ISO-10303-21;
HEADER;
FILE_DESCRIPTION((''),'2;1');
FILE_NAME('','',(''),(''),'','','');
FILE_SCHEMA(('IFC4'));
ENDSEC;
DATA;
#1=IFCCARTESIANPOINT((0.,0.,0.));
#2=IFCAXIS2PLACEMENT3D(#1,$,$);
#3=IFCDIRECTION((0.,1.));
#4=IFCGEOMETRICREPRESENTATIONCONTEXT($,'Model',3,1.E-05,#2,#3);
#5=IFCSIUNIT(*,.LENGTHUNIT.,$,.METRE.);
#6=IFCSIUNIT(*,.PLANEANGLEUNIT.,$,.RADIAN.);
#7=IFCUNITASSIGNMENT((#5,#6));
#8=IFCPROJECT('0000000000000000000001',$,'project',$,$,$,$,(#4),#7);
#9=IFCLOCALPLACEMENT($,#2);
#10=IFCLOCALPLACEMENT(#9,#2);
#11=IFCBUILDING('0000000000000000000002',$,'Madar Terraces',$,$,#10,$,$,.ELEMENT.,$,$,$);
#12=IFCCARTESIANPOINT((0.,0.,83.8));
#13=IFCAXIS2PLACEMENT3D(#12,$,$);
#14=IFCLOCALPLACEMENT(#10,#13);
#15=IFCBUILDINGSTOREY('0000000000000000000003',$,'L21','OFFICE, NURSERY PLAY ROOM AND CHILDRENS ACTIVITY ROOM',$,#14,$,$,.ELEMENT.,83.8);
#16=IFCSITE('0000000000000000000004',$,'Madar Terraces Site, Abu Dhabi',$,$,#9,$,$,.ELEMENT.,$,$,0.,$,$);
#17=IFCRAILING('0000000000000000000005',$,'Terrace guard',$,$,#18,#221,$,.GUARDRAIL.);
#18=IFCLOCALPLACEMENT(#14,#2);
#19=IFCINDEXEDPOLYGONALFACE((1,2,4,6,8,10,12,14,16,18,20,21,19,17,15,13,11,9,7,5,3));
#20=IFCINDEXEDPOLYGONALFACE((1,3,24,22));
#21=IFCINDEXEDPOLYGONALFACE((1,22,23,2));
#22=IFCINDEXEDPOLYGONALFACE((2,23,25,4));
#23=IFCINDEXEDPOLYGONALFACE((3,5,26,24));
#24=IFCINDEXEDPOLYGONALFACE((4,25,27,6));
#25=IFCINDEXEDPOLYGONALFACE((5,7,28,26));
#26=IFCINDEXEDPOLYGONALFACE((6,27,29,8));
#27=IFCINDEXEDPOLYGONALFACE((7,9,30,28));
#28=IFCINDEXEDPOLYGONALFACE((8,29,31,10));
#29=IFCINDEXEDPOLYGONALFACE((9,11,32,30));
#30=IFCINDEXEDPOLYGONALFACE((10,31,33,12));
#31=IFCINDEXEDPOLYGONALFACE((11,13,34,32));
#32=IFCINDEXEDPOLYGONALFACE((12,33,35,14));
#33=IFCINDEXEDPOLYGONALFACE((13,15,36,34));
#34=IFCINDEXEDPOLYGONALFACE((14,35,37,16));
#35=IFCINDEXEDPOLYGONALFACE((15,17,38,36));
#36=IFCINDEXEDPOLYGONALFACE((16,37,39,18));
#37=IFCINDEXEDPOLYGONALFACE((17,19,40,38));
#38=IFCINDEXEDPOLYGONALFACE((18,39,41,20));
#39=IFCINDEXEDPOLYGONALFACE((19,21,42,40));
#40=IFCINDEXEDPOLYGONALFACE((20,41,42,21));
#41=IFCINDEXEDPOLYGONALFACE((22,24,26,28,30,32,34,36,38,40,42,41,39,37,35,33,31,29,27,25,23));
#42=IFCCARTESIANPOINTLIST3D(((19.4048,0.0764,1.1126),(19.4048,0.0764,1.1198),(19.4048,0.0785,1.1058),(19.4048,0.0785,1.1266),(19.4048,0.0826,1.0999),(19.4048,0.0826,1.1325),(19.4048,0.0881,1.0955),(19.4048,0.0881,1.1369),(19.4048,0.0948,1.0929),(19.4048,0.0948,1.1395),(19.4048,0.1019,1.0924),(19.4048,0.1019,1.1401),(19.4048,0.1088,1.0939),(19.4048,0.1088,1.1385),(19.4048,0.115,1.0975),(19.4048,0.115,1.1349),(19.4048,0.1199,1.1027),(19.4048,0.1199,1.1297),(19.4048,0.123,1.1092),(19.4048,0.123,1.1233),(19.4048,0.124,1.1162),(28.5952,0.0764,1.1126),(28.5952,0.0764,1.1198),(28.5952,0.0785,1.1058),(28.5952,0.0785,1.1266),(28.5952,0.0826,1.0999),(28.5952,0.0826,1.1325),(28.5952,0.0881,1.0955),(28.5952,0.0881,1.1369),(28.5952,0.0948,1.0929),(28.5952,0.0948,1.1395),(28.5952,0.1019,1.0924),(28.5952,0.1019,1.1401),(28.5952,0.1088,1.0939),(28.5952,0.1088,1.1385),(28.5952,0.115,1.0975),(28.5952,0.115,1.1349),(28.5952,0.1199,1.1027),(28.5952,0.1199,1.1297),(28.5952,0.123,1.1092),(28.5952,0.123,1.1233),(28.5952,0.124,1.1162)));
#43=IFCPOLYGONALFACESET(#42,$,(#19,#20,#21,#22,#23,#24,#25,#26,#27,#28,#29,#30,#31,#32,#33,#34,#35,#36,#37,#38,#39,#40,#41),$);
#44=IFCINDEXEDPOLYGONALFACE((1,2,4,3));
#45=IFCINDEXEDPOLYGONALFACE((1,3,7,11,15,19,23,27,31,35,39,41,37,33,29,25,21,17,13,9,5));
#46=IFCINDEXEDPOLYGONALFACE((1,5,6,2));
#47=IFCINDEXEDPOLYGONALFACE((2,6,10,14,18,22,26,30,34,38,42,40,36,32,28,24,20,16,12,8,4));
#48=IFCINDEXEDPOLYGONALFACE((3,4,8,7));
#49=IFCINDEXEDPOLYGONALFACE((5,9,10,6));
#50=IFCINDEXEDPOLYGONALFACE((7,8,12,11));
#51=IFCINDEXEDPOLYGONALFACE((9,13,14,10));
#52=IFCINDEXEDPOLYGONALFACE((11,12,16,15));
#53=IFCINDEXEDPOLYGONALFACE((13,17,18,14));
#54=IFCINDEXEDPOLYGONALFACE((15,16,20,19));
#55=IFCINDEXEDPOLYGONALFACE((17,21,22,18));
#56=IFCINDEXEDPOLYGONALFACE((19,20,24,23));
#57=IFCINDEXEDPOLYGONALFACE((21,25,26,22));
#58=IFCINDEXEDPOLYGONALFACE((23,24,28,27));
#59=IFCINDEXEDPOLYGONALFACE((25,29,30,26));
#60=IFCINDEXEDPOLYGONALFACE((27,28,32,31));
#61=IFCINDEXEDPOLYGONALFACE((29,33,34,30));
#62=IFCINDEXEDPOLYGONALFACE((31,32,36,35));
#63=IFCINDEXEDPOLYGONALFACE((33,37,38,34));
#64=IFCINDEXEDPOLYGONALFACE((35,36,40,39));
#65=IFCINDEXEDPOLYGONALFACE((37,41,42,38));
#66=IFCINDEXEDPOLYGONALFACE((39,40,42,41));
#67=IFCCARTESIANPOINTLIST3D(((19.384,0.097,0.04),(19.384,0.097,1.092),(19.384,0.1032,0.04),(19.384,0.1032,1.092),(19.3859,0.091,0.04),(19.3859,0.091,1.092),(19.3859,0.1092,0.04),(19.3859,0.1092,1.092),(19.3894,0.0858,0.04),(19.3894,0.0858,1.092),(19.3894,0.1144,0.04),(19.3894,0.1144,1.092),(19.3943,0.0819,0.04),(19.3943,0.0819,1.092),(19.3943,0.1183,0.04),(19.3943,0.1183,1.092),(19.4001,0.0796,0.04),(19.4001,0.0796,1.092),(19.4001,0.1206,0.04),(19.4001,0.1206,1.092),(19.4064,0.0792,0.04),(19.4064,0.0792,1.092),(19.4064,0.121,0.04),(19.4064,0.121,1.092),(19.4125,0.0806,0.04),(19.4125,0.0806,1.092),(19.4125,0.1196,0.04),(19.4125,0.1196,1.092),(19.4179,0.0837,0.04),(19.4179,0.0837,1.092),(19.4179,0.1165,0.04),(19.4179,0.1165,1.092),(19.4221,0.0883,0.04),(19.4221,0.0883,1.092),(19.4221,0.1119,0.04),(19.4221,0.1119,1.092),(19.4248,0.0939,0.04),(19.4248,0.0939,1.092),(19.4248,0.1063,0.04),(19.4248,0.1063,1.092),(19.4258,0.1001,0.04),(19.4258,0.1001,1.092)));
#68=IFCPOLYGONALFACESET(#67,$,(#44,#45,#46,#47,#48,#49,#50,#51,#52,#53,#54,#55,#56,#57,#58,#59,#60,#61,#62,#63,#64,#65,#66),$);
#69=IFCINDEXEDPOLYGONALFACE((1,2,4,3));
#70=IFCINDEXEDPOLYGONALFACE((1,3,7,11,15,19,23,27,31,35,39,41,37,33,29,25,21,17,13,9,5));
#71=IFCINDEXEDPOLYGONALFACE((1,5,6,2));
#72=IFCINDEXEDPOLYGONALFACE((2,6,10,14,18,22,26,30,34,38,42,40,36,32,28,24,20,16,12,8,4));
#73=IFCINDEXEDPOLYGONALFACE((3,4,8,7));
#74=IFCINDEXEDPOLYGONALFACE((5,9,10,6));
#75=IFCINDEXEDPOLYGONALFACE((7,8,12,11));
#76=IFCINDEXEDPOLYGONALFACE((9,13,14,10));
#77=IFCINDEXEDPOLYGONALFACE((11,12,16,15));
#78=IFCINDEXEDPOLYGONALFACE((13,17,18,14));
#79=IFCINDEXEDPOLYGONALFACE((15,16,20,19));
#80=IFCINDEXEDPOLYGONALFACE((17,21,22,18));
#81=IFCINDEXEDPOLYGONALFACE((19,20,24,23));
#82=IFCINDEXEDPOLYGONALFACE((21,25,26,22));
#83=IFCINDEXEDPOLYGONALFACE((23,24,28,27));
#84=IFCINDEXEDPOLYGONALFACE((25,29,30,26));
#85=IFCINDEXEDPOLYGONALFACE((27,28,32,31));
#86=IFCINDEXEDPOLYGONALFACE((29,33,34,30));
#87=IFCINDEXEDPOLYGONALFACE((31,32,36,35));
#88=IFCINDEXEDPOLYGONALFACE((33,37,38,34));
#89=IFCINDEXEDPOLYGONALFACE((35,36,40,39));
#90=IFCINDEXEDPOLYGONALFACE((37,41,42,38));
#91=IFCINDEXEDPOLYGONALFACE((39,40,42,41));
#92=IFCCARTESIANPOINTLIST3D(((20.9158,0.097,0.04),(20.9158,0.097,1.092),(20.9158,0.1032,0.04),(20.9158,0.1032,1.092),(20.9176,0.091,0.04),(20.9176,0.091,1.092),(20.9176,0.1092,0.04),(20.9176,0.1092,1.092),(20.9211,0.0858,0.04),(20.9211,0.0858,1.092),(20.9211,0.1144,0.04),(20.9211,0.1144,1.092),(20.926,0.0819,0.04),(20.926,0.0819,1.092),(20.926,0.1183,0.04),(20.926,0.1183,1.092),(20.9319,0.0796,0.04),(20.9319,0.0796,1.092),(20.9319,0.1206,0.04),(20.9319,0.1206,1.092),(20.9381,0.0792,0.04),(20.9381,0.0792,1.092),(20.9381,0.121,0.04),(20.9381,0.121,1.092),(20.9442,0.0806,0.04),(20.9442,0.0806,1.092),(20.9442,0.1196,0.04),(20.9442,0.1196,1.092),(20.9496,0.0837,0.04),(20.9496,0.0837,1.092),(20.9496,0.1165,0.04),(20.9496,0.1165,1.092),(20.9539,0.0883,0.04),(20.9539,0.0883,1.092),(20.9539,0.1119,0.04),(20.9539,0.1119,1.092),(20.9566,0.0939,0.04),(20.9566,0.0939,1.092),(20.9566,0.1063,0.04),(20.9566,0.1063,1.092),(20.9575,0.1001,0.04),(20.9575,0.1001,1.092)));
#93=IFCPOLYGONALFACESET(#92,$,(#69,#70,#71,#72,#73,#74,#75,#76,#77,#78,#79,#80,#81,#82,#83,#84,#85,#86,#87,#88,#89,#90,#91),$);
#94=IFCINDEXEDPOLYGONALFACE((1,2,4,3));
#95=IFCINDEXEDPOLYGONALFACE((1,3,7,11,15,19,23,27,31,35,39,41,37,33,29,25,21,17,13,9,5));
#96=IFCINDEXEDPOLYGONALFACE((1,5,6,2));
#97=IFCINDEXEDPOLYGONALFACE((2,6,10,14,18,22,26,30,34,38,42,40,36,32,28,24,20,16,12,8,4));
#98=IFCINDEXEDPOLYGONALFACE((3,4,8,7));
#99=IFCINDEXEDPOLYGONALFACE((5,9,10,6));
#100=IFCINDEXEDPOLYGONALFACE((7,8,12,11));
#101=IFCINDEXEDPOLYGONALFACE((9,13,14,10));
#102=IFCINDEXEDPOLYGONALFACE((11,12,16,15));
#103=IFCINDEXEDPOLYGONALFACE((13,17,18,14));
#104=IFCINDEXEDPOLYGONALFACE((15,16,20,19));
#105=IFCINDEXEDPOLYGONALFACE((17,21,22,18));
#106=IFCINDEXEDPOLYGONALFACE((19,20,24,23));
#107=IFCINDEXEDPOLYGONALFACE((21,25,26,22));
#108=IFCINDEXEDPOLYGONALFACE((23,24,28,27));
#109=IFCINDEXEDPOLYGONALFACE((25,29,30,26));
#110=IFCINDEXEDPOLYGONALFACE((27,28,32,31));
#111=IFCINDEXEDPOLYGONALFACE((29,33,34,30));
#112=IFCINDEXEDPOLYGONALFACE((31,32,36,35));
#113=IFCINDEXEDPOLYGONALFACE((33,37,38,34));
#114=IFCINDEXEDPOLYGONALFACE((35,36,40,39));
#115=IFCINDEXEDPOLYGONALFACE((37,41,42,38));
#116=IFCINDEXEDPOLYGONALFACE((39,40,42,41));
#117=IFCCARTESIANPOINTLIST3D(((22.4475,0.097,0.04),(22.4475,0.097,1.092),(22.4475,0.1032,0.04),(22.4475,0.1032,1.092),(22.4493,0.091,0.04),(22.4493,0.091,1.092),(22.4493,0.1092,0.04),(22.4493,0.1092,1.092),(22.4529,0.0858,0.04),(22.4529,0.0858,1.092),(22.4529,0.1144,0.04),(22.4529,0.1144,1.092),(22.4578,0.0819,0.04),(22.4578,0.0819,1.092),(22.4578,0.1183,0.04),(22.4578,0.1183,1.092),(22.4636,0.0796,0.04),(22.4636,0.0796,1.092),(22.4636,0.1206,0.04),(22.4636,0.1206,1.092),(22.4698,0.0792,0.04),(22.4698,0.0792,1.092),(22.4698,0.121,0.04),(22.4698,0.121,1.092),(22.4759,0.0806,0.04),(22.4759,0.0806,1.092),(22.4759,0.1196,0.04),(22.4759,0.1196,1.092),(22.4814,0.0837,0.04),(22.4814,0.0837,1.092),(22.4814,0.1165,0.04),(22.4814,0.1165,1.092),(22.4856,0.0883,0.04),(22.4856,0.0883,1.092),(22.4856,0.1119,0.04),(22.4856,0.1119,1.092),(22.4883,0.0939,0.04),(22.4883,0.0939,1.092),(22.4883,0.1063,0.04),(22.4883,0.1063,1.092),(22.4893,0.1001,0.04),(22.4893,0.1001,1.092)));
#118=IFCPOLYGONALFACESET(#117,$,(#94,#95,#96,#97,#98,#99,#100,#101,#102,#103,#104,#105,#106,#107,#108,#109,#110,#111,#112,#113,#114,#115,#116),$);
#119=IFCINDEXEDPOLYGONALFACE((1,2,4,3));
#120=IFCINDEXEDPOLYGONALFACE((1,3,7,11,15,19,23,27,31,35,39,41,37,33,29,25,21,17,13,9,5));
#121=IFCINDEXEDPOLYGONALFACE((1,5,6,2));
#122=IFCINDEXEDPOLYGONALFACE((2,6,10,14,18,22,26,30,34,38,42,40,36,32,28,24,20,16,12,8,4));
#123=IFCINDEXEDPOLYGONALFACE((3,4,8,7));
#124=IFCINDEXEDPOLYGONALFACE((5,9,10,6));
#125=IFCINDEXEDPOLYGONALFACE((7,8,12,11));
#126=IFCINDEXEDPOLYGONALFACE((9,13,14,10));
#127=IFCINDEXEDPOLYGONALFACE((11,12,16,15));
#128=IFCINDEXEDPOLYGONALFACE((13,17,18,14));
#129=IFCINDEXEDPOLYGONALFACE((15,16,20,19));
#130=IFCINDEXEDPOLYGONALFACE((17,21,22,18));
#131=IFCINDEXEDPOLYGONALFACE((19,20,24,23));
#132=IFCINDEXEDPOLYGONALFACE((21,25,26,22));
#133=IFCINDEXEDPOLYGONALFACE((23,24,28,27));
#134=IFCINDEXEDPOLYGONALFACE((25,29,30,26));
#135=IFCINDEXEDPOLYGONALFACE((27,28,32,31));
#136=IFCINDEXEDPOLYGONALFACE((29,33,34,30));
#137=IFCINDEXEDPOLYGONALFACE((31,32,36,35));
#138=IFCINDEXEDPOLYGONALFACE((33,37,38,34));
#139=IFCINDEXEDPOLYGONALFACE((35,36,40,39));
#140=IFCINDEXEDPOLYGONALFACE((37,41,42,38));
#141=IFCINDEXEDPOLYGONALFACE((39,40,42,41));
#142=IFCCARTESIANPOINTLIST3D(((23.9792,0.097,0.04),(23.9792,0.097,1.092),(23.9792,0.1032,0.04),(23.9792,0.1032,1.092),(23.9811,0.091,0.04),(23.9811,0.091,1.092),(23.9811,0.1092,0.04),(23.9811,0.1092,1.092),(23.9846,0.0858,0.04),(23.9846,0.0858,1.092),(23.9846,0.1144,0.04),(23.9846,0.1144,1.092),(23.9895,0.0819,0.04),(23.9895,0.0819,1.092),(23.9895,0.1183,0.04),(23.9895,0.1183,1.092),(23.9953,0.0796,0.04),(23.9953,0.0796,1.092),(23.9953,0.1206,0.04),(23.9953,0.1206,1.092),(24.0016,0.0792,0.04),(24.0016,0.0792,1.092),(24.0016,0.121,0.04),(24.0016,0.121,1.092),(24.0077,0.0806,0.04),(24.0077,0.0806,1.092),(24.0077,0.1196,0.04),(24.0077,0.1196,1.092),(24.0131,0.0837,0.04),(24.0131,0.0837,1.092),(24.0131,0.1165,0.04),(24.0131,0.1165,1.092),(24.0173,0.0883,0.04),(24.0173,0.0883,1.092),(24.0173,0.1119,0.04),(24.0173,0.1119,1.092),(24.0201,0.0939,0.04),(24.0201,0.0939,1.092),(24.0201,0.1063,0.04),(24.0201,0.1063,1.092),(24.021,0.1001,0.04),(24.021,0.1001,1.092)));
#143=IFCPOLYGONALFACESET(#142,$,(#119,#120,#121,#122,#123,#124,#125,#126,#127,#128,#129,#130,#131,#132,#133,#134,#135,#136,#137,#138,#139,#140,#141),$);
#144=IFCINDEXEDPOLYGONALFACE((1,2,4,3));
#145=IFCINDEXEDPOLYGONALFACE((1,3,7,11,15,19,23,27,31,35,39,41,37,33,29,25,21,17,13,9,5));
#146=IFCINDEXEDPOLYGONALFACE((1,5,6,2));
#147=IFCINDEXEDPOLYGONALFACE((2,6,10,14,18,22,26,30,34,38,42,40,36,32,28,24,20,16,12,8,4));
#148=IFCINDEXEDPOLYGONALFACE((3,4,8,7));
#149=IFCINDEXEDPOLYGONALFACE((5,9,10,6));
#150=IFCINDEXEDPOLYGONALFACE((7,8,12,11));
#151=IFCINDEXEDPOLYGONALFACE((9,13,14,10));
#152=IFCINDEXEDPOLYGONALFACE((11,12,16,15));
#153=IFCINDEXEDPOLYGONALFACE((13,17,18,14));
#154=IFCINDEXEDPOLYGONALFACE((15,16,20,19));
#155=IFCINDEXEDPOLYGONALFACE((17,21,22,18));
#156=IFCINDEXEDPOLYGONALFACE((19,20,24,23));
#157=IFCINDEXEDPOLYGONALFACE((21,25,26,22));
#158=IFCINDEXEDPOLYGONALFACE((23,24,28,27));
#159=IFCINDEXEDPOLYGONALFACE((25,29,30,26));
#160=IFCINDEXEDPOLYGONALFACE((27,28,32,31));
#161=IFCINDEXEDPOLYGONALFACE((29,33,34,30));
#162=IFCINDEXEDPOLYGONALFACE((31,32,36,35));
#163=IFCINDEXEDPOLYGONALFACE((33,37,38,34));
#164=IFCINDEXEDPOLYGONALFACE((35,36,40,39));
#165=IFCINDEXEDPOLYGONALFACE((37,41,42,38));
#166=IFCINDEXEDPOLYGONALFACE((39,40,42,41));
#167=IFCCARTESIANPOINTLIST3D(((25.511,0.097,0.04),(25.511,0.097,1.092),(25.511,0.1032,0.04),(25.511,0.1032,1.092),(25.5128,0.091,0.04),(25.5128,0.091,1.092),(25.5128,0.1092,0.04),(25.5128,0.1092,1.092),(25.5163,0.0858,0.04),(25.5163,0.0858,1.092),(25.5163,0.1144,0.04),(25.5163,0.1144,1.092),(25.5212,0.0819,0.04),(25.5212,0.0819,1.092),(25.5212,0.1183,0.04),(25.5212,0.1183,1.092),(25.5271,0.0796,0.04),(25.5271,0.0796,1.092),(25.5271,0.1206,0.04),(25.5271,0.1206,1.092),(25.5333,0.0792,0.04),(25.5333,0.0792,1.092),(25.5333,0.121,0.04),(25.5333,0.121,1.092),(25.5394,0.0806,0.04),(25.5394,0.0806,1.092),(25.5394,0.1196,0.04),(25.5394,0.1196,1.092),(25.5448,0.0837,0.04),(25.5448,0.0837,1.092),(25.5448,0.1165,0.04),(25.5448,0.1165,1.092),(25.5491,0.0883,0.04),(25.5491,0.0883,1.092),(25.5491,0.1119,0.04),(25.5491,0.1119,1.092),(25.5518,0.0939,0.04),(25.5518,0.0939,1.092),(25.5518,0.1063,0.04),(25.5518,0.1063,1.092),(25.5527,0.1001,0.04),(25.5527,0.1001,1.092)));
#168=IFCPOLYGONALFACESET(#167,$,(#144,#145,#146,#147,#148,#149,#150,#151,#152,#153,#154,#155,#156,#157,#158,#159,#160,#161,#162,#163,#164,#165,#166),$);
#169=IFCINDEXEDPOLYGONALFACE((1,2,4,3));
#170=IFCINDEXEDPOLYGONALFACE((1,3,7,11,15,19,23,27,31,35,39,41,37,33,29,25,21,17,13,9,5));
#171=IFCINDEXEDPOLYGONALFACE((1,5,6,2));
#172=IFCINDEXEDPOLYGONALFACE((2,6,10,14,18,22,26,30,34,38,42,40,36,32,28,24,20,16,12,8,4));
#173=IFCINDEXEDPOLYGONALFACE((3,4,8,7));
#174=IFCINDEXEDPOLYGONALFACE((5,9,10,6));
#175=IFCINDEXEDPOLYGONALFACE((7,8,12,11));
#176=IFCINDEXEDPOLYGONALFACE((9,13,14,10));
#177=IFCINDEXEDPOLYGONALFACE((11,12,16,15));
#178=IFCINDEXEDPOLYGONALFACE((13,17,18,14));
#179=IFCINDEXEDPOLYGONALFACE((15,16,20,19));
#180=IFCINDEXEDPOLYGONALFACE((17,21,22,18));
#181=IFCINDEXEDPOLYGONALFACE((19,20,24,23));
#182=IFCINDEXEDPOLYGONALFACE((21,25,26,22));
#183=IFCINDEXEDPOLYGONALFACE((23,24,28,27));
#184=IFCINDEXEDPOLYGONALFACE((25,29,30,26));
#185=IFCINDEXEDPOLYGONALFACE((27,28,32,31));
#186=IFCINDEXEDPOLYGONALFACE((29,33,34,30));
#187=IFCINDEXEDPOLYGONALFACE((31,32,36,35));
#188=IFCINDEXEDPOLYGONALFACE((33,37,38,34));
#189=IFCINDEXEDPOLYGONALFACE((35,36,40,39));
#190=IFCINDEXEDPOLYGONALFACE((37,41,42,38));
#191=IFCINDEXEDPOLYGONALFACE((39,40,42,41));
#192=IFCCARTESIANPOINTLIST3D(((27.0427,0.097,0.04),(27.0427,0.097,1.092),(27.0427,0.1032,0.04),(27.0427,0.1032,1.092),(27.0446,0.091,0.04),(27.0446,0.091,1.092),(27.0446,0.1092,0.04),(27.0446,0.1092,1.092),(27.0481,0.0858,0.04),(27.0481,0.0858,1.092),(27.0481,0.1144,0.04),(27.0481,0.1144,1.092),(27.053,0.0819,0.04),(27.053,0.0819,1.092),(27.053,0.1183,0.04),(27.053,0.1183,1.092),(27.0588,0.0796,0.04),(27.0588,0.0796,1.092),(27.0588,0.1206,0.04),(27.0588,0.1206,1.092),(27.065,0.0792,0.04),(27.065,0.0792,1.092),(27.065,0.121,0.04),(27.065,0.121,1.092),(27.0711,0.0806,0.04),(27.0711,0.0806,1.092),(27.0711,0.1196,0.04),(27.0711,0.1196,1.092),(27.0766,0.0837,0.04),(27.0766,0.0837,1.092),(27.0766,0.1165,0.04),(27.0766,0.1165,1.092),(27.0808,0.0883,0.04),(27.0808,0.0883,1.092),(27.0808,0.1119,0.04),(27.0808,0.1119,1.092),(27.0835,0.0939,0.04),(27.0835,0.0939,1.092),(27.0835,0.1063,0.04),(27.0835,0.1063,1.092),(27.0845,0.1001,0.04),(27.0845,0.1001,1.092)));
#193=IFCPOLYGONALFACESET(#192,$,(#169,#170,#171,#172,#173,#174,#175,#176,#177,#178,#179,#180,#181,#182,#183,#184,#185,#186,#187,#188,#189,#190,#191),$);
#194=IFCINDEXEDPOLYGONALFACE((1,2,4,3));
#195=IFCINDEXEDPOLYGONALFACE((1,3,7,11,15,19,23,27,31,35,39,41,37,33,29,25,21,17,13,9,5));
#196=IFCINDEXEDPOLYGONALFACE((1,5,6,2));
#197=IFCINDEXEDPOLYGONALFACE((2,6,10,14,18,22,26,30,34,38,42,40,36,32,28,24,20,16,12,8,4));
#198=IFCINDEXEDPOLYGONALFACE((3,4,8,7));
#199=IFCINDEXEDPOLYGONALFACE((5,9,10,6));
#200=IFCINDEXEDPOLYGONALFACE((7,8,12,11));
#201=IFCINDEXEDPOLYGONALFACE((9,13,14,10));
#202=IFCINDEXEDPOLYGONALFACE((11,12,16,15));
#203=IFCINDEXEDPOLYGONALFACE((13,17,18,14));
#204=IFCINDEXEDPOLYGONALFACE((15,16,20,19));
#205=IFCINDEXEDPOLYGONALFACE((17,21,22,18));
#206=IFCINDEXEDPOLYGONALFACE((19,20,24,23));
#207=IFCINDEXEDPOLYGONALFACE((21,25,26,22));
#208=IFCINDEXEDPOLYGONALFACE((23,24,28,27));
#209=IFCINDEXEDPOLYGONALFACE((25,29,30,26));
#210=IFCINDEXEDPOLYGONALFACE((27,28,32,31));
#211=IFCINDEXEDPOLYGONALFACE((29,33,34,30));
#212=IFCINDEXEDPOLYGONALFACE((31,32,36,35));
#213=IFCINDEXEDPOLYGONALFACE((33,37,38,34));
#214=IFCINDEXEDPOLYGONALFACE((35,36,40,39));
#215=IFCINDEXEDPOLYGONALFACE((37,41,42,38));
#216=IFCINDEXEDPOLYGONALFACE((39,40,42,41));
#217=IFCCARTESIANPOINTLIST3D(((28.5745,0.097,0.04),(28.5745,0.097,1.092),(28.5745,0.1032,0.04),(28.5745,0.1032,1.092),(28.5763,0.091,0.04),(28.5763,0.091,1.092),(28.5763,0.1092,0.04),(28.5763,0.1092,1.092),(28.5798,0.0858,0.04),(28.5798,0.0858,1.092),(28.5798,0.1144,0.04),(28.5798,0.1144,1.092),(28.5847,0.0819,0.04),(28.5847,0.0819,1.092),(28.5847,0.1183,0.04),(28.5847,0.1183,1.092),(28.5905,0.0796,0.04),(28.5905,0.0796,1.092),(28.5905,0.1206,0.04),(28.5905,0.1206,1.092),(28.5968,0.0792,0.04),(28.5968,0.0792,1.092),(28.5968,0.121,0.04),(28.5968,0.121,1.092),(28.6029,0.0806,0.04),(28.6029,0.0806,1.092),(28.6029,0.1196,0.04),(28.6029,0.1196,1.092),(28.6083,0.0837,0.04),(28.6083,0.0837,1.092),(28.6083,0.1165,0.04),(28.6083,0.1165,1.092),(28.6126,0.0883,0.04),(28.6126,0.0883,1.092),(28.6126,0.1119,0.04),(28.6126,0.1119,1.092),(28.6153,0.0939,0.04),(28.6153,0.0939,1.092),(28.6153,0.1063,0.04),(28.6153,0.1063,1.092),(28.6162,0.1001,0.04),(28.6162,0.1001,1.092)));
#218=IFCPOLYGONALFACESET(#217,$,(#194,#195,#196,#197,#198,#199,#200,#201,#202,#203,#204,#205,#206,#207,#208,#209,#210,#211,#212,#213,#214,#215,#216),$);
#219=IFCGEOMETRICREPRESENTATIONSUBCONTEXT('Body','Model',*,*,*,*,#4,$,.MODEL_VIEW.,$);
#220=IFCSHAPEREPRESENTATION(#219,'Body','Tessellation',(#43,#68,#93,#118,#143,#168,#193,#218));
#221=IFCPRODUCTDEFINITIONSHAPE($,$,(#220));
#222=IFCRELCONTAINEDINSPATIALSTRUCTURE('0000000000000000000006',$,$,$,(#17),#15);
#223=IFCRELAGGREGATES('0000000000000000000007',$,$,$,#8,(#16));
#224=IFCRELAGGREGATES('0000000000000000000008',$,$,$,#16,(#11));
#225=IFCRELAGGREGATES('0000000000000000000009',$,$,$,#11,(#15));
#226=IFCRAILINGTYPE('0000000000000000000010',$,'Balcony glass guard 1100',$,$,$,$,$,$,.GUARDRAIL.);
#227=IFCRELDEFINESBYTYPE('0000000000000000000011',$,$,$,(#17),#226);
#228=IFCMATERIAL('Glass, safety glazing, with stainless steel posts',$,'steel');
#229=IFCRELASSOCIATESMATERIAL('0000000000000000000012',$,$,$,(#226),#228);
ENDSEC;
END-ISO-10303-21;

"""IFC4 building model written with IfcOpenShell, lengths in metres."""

from ifc_helpers import new_model, si_unit, direction, frame, origin, origin_2d, place, context, subcontext, project, spatial, circle, extrude, material, type_object, element, save


model = new_model("IFC4")

# Units and contexts
model_context = context("Model", 3, precision=1e-05, world=origin(), true_north=direction((0.0, 1.0)))
body_context = subcontext(model_context, "Body", "Model", "MODEL_VIEW")
ifc_project = project(units=[si_unit("LENGTHUNIT", "METRE"), si_unit("PLANEANGLEUNIT", "RADIAN")], contexts=[model_context])

# Site, building, storey
site_placement = place(None, origin())
site = spatial("IfcSite", under=ifc_project, at=site_placement, Name="Madar Terraces Site, Abu Dhabi", CompositionType="ELEMENT", RefElevation=0.0)
building_placement = place(site_placement, origin())
building = spatial("IfcBuilding", under=site, at=building_placement, Name="Madar Terraces", CompositionType="ELEMENT")
storey_placement = place(building_placement, frame((0.0, 0.0, 83.8)))
storey = spatial("IfcBuildingStorey", under=building, at=storey_placement, Name="L21", Description="OFFICE, NURSERY PLAY ROOM AND CHILDRENS ACTIVITY ROOM", CompositionType="ELEMENT", Elevation=83.8)

# Railing
ifc_material_1 = material(Name="Glass, safety glazing, with stainless steel posts", Category="steel")
railing_type = type_object("IfcRailingType", Name="Balcony glass guard 1100", PredefinedType="GUARDRAIL", material=ifc_material_1)
railing_1_placement = place(storey_placement, frame((19.4048, 0.1001, 0.04)))
element("IfcRailing", 1, at=railing_1_placement, inside=storey, type_object=railing_type, Name="Terrace guard", PredefinedType="GUARDRAIL", context=body_context, shape_type="SweptSolid", body=[
    extrude(circle(Radius=0.0239, at=origin_2d()), frame((0.0, 0.0, 1.0762), z_axis=(1.0, 0.0, 0.0), x_axis=(0.0, 1.0, 0.0)), (0.0, 0.0, 1.0), 9.1904),
    extrude(circle(Radius=0.021, at=origin_2d()), origin(), (0.0, 0.0, 1.0), 1.052),
    extrude(circle(Radius=0.021, at=origin_2d()), frame((1.5317, 0.0, 0.0)), (0.0, 0.0, 1.0), 1.052),
    extrude(circle(Radius=0.021, at=origin_2d()), frame((3.0635, 0.0, 0.0)), (0.0, 0.0, 1.0), 1.052),
    extrude(circle(Radius=0.021, at=origin_2d()), frame((4.5952, 0.0, 0.0)), (0.0, 0.0, 1.0), 1.052),
    extrude(circle(Radius=0.021, at=origin_2d()), frame((6.127, 0.0, 0.0)), (0.0, 0.0, 1.0), 1.052),
    extrude(circle(Radius=0.021, at=origin_2d()), frame((7.6587, 0.0, 0.0)), (0.0, 0.0, 1.0), 1.052),
    extrude(circle(Radius=0.021, at=origin_2d()), frame((9.1904, 0.0, 0.0)), (0.0, 0.0, 1.0), 1.052),
])

save(model, "model.ifc")
